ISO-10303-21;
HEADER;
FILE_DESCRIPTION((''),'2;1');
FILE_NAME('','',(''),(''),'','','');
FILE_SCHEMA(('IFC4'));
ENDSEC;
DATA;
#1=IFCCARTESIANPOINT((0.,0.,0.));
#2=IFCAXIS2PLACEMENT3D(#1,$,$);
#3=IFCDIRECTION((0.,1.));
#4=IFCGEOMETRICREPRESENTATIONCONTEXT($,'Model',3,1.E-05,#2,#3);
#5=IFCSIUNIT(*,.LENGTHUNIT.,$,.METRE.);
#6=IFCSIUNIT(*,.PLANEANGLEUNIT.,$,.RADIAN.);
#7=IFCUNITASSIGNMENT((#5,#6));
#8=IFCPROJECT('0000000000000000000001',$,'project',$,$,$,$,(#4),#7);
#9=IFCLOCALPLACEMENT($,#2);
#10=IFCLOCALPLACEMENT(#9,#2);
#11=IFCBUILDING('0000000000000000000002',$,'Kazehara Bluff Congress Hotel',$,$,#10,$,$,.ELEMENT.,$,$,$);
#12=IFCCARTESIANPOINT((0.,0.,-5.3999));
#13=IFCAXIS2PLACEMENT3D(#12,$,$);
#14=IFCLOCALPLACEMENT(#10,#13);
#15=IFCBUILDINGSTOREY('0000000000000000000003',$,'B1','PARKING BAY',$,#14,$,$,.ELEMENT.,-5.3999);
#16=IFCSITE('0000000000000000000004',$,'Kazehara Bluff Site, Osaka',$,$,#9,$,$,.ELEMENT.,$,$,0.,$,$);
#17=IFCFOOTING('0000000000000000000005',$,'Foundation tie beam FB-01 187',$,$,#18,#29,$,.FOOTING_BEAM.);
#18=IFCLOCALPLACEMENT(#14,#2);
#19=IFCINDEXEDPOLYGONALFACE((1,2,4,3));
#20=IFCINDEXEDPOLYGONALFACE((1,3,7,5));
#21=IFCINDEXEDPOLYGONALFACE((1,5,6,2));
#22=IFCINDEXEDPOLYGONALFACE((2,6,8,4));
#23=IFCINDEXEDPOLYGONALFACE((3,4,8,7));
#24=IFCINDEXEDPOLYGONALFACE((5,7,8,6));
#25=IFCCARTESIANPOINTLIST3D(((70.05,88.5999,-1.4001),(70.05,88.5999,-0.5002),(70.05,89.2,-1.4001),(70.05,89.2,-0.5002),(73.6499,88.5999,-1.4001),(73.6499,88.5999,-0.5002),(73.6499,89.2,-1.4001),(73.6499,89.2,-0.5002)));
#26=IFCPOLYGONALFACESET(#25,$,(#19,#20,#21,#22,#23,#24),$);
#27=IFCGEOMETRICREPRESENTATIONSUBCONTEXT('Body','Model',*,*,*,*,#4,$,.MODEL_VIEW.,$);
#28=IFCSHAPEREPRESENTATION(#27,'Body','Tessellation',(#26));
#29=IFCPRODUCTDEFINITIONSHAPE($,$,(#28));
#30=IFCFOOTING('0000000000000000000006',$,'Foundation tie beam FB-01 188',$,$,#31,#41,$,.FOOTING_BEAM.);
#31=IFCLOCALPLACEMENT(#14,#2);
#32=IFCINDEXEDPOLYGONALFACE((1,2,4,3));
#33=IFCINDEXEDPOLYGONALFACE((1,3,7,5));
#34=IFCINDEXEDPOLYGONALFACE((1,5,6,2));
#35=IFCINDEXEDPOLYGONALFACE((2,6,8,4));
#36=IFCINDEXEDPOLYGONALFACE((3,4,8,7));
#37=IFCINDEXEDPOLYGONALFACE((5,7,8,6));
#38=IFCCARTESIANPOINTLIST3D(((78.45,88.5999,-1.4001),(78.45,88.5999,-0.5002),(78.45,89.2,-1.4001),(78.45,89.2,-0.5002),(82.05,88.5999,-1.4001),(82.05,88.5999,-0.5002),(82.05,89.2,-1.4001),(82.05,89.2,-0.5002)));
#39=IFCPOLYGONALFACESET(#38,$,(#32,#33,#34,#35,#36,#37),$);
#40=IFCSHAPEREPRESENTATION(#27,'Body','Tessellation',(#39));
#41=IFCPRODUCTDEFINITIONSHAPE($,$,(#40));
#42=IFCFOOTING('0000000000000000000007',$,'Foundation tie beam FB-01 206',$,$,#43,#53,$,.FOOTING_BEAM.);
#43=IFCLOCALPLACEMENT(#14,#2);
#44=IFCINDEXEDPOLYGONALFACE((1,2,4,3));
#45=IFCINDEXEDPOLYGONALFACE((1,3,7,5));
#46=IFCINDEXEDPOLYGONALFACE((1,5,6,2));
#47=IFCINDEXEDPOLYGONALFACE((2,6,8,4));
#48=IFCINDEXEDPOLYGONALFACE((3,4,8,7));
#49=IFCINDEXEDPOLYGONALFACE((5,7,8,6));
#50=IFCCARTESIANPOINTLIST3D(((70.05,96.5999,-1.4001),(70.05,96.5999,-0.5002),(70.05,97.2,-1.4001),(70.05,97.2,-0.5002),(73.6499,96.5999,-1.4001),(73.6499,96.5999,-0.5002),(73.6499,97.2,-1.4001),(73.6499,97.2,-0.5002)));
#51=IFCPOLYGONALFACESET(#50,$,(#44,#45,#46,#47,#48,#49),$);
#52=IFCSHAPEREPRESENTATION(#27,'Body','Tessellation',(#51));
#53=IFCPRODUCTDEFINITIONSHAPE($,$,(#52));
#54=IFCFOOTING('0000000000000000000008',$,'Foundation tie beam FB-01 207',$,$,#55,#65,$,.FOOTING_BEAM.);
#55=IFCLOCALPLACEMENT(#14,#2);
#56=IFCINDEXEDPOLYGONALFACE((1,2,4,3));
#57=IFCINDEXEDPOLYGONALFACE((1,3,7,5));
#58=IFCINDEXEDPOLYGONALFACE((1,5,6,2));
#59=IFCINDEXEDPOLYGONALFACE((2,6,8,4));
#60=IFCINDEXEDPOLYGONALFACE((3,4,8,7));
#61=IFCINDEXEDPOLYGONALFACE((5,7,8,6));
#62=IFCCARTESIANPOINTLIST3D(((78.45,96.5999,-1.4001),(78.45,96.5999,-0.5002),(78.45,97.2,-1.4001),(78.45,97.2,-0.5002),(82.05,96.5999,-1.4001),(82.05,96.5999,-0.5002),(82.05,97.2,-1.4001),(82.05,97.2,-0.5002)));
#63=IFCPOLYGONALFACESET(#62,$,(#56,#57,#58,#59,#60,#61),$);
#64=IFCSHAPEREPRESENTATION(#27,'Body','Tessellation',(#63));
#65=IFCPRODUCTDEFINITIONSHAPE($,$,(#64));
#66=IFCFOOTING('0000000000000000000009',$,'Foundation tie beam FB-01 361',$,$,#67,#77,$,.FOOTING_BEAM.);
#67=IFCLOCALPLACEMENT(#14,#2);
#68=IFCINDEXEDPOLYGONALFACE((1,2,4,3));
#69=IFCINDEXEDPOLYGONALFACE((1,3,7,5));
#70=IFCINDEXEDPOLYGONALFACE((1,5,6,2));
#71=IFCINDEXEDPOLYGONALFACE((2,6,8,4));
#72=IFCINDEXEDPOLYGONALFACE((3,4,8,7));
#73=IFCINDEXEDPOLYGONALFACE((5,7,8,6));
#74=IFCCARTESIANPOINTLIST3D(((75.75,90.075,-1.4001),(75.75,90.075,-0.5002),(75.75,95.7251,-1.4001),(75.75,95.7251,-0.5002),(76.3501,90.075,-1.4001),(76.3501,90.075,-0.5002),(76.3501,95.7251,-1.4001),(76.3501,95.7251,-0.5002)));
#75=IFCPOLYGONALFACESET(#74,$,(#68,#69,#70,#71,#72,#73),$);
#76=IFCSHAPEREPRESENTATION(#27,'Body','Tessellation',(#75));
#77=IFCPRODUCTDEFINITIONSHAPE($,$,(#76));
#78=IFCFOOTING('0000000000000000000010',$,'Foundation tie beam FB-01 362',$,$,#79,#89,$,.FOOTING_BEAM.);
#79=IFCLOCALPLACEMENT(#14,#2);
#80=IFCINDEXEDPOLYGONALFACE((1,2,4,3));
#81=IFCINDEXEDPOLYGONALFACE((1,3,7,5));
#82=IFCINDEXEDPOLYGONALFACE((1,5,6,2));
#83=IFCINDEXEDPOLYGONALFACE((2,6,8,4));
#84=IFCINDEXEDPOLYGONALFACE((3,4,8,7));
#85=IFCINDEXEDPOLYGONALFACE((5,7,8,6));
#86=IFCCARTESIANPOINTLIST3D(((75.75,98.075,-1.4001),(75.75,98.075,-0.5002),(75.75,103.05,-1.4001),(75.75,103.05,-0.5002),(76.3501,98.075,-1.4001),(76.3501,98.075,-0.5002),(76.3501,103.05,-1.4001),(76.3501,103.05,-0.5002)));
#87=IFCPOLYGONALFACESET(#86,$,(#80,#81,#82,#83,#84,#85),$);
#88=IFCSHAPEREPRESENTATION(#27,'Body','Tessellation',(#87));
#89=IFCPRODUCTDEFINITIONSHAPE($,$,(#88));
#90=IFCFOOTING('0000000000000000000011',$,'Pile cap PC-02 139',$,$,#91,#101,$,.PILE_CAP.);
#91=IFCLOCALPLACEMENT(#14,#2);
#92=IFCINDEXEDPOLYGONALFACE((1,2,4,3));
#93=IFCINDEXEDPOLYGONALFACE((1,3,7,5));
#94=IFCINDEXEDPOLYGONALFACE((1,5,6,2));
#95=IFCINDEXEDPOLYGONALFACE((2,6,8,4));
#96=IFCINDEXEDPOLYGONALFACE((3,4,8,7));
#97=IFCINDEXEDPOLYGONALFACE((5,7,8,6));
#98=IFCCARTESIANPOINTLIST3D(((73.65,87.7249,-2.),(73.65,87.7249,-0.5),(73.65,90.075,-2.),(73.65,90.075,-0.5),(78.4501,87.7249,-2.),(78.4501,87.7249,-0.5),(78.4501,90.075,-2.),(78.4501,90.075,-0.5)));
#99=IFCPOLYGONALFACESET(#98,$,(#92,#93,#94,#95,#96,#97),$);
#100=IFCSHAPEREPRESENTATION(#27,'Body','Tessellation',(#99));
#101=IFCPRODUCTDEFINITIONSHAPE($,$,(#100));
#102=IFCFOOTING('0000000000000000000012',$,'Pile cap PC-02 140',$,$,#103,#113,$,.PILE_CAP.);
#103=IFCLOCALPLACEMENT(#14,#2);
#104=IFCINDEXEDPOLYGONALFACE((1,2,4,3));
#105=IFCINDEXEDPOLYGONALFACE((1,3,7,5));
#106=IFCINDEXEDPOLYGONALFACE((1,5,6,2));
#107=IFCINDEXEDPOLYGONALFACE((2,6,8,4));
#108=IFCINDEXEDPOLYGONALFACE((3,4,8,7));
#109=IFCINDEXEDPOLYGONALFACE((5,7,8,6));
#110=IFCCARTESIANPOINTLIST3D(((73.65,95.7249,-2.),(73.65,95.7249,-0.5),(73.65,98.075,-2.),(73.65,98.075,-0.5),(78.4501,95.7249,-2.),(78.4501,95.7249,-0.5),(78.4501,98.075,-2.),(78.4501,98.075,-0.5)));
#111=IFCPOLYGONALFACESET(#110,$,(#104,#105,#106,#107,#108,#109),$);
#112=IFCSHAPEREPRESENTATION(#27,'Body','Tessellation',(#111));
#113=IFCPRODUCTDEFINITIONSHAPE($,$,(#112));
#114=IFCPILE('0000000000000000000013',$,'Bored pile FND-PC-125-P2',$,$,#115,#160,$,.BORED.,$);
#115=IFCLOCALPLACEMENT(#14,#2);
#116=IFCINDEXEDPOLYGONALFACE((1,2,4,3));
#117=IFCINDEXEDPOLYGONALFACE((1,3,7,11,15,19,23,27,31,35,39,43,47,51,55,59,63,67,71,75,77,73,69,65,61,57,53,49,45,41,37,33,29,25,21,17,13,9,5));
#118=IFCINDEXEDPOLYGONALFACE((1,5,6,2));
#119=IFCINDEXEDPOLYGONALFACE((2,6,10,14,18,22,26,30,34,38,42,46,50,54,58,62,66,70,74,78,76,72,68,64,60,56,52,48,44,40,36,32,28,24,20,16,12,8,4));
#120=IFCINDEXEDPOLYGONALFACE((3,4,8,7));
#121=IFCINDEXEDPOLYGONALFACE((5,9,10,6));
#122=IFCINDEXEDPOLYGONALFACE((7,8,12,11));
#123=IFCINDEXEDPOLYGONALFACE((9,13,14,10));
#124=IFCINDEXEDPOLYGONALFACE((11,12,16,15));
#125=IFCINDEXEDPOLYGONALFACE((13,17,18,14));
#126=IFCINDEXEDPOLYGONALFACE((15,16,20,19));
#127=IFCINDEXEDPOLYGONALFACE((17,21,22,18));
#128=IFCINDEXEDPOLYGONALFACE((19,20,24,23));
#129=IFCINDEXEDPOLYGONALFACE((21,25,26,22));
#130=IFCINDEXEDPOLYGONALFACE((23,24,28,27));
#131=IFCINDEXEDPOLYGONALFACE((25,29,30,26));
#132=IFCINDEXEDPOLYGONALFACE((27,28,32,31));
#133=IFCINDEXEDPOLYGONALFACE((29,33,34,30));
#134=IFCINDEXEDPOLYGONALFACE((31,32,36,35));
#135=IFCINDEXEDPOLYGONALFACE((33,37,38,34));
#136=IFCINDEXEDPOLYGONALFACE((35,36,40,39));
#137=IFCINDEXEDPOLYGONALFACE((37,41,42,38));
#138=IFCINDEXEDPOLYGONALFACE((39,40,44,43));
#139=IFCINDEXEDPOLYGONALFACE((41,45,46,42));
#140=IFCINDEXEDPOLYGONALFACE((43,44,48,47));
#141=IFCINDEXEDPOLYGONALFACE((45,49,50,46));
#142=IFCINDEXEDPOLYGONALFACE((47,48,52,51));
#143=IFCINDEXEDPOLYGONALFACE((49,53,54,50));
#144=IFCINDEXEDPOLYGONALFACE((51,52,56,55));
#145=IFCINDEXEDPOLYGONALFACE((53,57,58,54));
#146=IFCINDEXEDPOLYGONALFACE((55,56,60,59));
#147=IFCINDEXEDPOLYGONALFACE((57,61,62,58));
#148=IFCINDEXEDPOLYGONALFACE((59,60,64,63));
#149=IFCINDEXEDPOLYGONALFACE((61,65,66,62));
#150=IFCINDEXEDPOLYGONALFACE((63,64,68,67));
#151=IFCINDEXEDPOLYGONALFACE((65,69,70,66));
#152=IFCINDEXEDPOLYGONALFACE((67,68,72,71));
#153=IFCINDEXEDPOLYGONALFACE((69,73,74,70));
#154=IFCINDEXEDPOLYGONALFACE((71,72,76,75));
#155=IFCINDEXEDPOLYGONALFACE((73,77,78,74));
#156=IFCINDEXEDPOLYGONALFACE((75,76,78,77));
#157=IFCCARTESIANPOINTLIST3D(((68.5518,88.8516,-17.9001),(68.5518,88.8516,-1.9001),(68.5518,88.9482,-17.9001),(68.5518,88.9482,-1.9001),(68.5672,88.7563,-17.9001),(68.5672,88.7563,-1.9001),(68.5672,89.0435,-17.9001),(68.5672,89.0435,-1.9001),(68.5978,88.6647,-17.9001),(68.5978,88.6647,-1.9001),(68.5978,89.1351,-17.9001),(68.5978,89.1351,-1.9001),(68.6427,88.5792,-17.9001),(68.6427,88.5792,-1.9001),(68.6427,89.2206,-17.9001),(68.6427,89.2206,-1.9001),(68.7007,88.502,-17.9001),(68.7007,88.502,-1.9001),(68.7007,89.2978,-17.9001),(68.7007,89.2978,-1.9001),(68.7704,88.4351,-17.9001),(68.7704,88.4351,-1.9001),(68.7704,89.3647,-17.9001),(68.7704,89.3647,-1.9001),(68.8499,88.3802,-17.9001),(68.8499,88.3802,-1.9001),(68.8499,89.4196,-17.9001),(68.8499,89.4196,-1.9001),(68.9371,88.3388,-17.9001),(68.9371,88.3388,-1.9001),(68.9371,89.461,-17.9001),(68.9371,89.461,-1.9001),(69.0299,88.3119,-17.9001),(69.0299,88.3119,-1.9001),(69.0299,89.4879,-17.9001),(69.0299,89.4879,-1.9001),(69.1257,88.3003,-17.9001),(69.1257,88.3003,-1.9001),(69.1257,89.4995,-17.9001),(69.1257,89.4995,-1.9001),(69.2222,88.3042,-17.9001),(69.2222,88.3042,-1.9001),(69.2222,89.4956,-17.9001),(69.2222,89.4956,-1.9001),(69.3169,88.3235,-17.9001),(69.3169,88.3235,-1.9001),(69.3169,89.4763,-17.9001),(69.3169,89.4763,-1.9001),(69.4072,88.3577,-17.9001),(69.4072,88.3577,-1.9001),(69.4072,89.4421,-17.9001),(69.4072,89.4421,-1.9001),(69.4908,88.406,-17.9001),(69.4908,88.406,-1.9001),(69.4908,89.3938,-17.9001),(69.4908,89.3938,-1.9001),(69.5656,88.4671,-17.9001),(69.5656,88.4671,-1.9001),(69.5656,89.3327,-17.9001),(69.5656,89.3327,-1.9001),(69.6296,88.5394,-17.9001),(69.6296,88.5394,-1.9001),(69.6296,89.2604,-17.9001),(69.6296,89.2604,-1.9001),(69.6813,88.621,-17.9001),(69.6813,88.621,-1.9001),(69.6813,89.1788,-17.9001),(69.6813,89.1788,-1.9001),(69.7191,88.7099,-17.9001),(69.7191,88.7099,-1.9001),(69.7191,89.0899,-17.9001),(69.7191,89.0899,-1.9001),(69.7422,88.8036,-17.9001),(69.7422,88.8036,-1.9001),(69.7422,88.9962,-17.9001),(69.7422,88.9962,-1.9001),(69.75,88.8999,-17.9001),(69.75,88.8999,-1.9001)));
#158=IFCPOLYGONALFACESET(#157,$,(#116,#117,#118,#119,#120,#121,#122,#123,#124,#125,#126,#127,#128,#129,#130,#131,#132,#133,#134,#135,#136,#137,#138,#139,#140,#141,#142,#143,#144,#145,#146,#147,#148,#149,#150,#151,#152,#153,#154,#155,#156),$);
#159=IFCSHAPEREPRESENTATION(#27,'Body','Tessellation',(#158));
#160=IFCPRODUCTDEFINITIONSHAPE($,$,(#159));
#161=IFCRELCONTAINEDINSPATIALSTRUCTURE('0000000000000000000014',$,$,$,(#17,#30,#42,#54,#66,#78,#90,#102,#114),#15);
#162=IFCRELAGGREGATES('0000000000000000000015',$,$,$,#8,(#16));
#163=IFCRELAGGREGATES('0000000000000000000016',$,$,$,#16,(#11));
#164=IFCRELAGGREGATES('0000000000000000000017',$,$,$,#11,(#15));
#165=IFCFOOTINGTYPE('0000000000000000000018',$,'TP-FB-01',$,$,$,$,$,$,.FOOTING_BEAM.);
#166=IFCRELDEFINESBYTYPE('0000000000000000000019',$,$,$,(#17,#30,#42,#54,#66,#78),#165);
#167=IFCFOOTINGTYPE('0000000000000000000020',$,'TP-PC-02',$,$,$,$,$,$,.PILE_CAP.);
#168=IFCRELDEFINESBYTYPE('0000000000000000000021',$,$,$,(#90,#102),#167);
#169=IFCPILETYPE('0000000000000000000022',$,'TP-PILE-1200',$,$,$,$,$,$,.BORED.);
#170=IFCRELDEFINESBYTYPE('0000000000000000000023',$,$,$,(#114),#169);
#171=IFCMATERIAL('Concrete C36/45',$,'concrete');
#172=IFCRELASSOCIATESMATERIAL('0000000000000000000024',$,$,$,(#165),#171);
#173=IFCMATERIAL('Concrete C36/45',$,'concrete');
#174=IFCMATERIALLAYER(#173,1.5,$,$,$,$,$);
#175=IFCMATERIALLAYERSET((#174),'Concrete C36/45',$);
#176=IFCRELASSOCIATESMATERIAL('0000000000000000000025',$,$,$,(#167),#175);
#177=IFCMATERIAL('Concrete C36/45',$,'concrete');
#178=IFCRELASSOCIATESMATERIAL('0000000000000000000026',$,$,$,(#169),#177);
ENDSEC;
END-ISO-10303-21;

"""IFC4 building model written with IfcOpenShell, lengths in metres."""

from ifc_helpers import new_model, si_unit, direction, frame, origin, origin_2d, place, context, subcontext, project, spatial, rectangle, circle, extrude, material, layer, layer_set, material_profile, profile_set, type_object, element, save


model = new_model("IFC4")

# Units and contexts
model_context = context("Model", 3, precision=1e-05, world=origin(), true_north=direction((0.0, 1.0)))
body_context = subcontext(model_context, "Body", "Model", "MODEL_VIEW")
ifc_project = project(units=[si_unit("LENGTHUNIT", "METRE"), si_unit("PLANEANGLEUNIT", "RADIAN")], contexts=[model_context])

# Site, building, storey
site_placement = place(None, origin())
site = spatial("IfcSite", under=ifc_project, at=site_placement, Name="Kazehara Bluff Site, Osaka", CompositionType="ELEMENT", RefElevation=0.0)
building_placement = place(site_placement, origin())
building = spatial("IfcBuilding", under=site, at=building_placement, Name="Kazehara Bluff Congress Hotel", CompositionType="ELEMENT")
storey_placement = place(building_placement, frame((0.0, 0.0, -5.3999)))
storey = spatial("IfcBuildingStorey", under=building, at=storey_placement, Name="B1", Description="PARKING BAY", CompositionType="ELEMENT", Elevation=-5.3999)

# Footings
ifc_material_1 = material(Name="Concrete C36/45", Category="concrete")
ifc_material_profile_1 = material_profile(ifc_material_1, rectangle(XDim=0.6001, YDim=0.8999, at=origin_2d()))
ifc_profile_set_1 = profile_set([ifc_material_profile_1], Name="Concrete C36/45")
footing_type_1 = type_object("IfcFootingType", Name="TP-FB-01", PredefinedType="FOOTING_BEAM", material=ifc_profile_set_1)
footing_1_placement = place(storey_placement, frame((70.05, 88.8999, -0.9502), z_axis=(1.0, 0.0, 0.0), x_axis=(0.0, 1.0, 0.0)))
element("IfcFooting", 1, at=footing_1_placement, inside=storey, type_object=footing_type_1, Name="Foundation tie beam FB-01 187", PredefinedType="FOOTING_BEAM", context=body_context, shape_type="SweptSolid", body=[
    extrude(rectangle(XDim=0.6001, YDim=0.8999, at=origin_2d()), origin(), (0.0, 0.0, 1.0), 3.5999),
])
footing_2_placement = place(storey_placement, frame((78.45, 88.8999, -0.9502), z_axis=(1.0, 0.0, 0.0), x_axis=(0.0, 1.0, 0.0)))
element("IfcFooting", 2, at=footing_2_placement, inside=storey, type_object=footing_type_1, Name="Foundation tie beam FB-01 188", PredefinedType="FOOTING_BEAM", context=body_context, shape_type="SweptSolid", body=[
    extrude(rectangle(XDim=0.6001, YDim=0.8999, at=origin_2d()), origin(), (0.0, 0.0, 1.0), 3.6001),
])
footing_3_placement = place(storey_placement, frame((70.05, 96.8999, -0.9502), z_axis=(1.0, 0.0, 0.0), x_axis=(0.0, 1.0, 0.0)))
element("IfcFooting", 3, at=footing_3_placement, inside=storey, type_object=footing_type_1, Name="Foundation tie beam FB-01 206", PredefinedType="FOOTING_BEAM", context=body_context, shape_type="SweptSolid", body=[
    extrude(rectangle(XDim=0.6001, YDim=0.8999, at=origin_2d()), origin(), (0.0, 0.0, 1.0), 3.5999),
])
footing_4_placement = place(storey_placement, frame((78.45, 96.8999, -0.9502), z_axis=(1.0, 0.0, 0.0), x_axis=(0.0, 1.0, 0.0)))
element("IfcFooting", 4, at=footing_4_placement, inside=storey, type_object=footing_type_1, Name="Foundation tie beam FB-01 207", PredefinedType="FOOTING_BEAM", context=body_context, shape_type="SweptSolid", body=[
    extrude(rectangle(XDim=0.6001, YDim=0.8999, at=origin_2d()), origin(), (0.0, 0.0, 1.0), 3.6001),
])
footing_5_placement = place(storey_placement, frame((76.05, 90.075, -0.9502), z_axis=(0.0, 1.0, 0.0), x_axis=(-1.0, 0.0, 0.0)))
element("IfcFooting", 5, at=footing_5_placement, inside=storey, type_object=footing_type_1, Name="Foundation tie beam FB-01 361", PredefinedType="FOOTING_BEAM", context=body_context, shape_type="SweptSolid", body=[
    extrude(rectangle(XDim=0.6001, YDim=0.8999, at=origin_2d()), origin(), (0.0, 0.0, 1.0), 5.6501),
])
footing_6_placement = place(storey_placement, frame((76.05, 98.075, -0.9502), z_axis=(0.0, 1.0, 0.0), x_axis=(-1.0, 0.0, 0.0)))
element("IfcFooting", 6, at=footing_6_placement, inside=storey, type_object=footing_type_1, Name="Foundation tie beam FB-01 362", PredefinedType="FOOTING_BEAM", context=body_context, shape_type="SweptSolid", body=[
    extrude(rectangle(XDim=0.6001, YDim=0.8999, at=origin_2d()), origin(), (0.0, 0.0, 1.0), 4.9751),
])
ifc_material_2 = material(Name="Concrete C36/45", Category="concrete")
ifc_layer = layer(ifc_material_2, 1.5)
ifc_layer_set = layer_set([ifc_layer], Name="Concrete C36/45")
footing_type_2 = type_object("IfcFootingType", Name="TP-PC-02", PredefinedType="PILE_CAP", material=ifc_layer_set)
for number, where, z_axis, x_axis, name in (
    (7, (76.05, 88.8999, -2.0), (0.0, 0.0, 1.0), (1.0, 0.0, 0.0), "Pile cap PC-02 139"),
    (8, (76.05, 96.8999, -2.0), (0.0, 0.0, 1.0), (1.0, 0.0, 0.0), "Pile cap PC-02 140"),
):
    element("IfcFooting", number, at=place(storey_placement, frame(where, z_axis=z_axis, x_axis=x_axis)), inside=storey, type_object=footing_type_2, Name=name, PredefinedType="PILE_CAP", context=body_context, shape_type="SweptSolid", body=[
        extrude(rectangle(XDim=4.8, YDim=2.3501, at=origin_2d()), origin(), (0.0, 0.0, 1.0), 1.5),
    ])

# Pile
ifc_material_3 = material(Name="Concrete C36/45", Category="concrete")
ifc_material_profile_2 = material_profile(ifc_material_3, circle(Radius=0.6001, at=origin_2d()))
ifc_profile_set_2 = profile_set([ifc_material_profile_2], Name="Concrete C36/45")
pile_type = type_object("IfcPileType", Name="TP-PILE-1200", PredefinedType="BORED", material=ifc_profile_set_2)
for number, where, z_axis, x_axis, name in (
    (9, (69.1499, 88.8999, -1.9001), (0.0, 0.0, -1.0), (1.0, 0.0, 0.0), "Bored pile FND-PC-125-P2"),
):
    element("IfcPile", number, at=place(storey_placement, frame(where, z_axis=z_axis, x_axis=x_axis)), inside=storey, type_object=pile_type, Name=name, PredefinedType="BORED", context=body_context, shape_type="SweptSolid", body=[
        extrude(circle(Radius=0.6001, at=origin_2d()), origin(), (0.0, 0.0, 1.0), 16.0),
    ])

save(model, "model.ifc")
